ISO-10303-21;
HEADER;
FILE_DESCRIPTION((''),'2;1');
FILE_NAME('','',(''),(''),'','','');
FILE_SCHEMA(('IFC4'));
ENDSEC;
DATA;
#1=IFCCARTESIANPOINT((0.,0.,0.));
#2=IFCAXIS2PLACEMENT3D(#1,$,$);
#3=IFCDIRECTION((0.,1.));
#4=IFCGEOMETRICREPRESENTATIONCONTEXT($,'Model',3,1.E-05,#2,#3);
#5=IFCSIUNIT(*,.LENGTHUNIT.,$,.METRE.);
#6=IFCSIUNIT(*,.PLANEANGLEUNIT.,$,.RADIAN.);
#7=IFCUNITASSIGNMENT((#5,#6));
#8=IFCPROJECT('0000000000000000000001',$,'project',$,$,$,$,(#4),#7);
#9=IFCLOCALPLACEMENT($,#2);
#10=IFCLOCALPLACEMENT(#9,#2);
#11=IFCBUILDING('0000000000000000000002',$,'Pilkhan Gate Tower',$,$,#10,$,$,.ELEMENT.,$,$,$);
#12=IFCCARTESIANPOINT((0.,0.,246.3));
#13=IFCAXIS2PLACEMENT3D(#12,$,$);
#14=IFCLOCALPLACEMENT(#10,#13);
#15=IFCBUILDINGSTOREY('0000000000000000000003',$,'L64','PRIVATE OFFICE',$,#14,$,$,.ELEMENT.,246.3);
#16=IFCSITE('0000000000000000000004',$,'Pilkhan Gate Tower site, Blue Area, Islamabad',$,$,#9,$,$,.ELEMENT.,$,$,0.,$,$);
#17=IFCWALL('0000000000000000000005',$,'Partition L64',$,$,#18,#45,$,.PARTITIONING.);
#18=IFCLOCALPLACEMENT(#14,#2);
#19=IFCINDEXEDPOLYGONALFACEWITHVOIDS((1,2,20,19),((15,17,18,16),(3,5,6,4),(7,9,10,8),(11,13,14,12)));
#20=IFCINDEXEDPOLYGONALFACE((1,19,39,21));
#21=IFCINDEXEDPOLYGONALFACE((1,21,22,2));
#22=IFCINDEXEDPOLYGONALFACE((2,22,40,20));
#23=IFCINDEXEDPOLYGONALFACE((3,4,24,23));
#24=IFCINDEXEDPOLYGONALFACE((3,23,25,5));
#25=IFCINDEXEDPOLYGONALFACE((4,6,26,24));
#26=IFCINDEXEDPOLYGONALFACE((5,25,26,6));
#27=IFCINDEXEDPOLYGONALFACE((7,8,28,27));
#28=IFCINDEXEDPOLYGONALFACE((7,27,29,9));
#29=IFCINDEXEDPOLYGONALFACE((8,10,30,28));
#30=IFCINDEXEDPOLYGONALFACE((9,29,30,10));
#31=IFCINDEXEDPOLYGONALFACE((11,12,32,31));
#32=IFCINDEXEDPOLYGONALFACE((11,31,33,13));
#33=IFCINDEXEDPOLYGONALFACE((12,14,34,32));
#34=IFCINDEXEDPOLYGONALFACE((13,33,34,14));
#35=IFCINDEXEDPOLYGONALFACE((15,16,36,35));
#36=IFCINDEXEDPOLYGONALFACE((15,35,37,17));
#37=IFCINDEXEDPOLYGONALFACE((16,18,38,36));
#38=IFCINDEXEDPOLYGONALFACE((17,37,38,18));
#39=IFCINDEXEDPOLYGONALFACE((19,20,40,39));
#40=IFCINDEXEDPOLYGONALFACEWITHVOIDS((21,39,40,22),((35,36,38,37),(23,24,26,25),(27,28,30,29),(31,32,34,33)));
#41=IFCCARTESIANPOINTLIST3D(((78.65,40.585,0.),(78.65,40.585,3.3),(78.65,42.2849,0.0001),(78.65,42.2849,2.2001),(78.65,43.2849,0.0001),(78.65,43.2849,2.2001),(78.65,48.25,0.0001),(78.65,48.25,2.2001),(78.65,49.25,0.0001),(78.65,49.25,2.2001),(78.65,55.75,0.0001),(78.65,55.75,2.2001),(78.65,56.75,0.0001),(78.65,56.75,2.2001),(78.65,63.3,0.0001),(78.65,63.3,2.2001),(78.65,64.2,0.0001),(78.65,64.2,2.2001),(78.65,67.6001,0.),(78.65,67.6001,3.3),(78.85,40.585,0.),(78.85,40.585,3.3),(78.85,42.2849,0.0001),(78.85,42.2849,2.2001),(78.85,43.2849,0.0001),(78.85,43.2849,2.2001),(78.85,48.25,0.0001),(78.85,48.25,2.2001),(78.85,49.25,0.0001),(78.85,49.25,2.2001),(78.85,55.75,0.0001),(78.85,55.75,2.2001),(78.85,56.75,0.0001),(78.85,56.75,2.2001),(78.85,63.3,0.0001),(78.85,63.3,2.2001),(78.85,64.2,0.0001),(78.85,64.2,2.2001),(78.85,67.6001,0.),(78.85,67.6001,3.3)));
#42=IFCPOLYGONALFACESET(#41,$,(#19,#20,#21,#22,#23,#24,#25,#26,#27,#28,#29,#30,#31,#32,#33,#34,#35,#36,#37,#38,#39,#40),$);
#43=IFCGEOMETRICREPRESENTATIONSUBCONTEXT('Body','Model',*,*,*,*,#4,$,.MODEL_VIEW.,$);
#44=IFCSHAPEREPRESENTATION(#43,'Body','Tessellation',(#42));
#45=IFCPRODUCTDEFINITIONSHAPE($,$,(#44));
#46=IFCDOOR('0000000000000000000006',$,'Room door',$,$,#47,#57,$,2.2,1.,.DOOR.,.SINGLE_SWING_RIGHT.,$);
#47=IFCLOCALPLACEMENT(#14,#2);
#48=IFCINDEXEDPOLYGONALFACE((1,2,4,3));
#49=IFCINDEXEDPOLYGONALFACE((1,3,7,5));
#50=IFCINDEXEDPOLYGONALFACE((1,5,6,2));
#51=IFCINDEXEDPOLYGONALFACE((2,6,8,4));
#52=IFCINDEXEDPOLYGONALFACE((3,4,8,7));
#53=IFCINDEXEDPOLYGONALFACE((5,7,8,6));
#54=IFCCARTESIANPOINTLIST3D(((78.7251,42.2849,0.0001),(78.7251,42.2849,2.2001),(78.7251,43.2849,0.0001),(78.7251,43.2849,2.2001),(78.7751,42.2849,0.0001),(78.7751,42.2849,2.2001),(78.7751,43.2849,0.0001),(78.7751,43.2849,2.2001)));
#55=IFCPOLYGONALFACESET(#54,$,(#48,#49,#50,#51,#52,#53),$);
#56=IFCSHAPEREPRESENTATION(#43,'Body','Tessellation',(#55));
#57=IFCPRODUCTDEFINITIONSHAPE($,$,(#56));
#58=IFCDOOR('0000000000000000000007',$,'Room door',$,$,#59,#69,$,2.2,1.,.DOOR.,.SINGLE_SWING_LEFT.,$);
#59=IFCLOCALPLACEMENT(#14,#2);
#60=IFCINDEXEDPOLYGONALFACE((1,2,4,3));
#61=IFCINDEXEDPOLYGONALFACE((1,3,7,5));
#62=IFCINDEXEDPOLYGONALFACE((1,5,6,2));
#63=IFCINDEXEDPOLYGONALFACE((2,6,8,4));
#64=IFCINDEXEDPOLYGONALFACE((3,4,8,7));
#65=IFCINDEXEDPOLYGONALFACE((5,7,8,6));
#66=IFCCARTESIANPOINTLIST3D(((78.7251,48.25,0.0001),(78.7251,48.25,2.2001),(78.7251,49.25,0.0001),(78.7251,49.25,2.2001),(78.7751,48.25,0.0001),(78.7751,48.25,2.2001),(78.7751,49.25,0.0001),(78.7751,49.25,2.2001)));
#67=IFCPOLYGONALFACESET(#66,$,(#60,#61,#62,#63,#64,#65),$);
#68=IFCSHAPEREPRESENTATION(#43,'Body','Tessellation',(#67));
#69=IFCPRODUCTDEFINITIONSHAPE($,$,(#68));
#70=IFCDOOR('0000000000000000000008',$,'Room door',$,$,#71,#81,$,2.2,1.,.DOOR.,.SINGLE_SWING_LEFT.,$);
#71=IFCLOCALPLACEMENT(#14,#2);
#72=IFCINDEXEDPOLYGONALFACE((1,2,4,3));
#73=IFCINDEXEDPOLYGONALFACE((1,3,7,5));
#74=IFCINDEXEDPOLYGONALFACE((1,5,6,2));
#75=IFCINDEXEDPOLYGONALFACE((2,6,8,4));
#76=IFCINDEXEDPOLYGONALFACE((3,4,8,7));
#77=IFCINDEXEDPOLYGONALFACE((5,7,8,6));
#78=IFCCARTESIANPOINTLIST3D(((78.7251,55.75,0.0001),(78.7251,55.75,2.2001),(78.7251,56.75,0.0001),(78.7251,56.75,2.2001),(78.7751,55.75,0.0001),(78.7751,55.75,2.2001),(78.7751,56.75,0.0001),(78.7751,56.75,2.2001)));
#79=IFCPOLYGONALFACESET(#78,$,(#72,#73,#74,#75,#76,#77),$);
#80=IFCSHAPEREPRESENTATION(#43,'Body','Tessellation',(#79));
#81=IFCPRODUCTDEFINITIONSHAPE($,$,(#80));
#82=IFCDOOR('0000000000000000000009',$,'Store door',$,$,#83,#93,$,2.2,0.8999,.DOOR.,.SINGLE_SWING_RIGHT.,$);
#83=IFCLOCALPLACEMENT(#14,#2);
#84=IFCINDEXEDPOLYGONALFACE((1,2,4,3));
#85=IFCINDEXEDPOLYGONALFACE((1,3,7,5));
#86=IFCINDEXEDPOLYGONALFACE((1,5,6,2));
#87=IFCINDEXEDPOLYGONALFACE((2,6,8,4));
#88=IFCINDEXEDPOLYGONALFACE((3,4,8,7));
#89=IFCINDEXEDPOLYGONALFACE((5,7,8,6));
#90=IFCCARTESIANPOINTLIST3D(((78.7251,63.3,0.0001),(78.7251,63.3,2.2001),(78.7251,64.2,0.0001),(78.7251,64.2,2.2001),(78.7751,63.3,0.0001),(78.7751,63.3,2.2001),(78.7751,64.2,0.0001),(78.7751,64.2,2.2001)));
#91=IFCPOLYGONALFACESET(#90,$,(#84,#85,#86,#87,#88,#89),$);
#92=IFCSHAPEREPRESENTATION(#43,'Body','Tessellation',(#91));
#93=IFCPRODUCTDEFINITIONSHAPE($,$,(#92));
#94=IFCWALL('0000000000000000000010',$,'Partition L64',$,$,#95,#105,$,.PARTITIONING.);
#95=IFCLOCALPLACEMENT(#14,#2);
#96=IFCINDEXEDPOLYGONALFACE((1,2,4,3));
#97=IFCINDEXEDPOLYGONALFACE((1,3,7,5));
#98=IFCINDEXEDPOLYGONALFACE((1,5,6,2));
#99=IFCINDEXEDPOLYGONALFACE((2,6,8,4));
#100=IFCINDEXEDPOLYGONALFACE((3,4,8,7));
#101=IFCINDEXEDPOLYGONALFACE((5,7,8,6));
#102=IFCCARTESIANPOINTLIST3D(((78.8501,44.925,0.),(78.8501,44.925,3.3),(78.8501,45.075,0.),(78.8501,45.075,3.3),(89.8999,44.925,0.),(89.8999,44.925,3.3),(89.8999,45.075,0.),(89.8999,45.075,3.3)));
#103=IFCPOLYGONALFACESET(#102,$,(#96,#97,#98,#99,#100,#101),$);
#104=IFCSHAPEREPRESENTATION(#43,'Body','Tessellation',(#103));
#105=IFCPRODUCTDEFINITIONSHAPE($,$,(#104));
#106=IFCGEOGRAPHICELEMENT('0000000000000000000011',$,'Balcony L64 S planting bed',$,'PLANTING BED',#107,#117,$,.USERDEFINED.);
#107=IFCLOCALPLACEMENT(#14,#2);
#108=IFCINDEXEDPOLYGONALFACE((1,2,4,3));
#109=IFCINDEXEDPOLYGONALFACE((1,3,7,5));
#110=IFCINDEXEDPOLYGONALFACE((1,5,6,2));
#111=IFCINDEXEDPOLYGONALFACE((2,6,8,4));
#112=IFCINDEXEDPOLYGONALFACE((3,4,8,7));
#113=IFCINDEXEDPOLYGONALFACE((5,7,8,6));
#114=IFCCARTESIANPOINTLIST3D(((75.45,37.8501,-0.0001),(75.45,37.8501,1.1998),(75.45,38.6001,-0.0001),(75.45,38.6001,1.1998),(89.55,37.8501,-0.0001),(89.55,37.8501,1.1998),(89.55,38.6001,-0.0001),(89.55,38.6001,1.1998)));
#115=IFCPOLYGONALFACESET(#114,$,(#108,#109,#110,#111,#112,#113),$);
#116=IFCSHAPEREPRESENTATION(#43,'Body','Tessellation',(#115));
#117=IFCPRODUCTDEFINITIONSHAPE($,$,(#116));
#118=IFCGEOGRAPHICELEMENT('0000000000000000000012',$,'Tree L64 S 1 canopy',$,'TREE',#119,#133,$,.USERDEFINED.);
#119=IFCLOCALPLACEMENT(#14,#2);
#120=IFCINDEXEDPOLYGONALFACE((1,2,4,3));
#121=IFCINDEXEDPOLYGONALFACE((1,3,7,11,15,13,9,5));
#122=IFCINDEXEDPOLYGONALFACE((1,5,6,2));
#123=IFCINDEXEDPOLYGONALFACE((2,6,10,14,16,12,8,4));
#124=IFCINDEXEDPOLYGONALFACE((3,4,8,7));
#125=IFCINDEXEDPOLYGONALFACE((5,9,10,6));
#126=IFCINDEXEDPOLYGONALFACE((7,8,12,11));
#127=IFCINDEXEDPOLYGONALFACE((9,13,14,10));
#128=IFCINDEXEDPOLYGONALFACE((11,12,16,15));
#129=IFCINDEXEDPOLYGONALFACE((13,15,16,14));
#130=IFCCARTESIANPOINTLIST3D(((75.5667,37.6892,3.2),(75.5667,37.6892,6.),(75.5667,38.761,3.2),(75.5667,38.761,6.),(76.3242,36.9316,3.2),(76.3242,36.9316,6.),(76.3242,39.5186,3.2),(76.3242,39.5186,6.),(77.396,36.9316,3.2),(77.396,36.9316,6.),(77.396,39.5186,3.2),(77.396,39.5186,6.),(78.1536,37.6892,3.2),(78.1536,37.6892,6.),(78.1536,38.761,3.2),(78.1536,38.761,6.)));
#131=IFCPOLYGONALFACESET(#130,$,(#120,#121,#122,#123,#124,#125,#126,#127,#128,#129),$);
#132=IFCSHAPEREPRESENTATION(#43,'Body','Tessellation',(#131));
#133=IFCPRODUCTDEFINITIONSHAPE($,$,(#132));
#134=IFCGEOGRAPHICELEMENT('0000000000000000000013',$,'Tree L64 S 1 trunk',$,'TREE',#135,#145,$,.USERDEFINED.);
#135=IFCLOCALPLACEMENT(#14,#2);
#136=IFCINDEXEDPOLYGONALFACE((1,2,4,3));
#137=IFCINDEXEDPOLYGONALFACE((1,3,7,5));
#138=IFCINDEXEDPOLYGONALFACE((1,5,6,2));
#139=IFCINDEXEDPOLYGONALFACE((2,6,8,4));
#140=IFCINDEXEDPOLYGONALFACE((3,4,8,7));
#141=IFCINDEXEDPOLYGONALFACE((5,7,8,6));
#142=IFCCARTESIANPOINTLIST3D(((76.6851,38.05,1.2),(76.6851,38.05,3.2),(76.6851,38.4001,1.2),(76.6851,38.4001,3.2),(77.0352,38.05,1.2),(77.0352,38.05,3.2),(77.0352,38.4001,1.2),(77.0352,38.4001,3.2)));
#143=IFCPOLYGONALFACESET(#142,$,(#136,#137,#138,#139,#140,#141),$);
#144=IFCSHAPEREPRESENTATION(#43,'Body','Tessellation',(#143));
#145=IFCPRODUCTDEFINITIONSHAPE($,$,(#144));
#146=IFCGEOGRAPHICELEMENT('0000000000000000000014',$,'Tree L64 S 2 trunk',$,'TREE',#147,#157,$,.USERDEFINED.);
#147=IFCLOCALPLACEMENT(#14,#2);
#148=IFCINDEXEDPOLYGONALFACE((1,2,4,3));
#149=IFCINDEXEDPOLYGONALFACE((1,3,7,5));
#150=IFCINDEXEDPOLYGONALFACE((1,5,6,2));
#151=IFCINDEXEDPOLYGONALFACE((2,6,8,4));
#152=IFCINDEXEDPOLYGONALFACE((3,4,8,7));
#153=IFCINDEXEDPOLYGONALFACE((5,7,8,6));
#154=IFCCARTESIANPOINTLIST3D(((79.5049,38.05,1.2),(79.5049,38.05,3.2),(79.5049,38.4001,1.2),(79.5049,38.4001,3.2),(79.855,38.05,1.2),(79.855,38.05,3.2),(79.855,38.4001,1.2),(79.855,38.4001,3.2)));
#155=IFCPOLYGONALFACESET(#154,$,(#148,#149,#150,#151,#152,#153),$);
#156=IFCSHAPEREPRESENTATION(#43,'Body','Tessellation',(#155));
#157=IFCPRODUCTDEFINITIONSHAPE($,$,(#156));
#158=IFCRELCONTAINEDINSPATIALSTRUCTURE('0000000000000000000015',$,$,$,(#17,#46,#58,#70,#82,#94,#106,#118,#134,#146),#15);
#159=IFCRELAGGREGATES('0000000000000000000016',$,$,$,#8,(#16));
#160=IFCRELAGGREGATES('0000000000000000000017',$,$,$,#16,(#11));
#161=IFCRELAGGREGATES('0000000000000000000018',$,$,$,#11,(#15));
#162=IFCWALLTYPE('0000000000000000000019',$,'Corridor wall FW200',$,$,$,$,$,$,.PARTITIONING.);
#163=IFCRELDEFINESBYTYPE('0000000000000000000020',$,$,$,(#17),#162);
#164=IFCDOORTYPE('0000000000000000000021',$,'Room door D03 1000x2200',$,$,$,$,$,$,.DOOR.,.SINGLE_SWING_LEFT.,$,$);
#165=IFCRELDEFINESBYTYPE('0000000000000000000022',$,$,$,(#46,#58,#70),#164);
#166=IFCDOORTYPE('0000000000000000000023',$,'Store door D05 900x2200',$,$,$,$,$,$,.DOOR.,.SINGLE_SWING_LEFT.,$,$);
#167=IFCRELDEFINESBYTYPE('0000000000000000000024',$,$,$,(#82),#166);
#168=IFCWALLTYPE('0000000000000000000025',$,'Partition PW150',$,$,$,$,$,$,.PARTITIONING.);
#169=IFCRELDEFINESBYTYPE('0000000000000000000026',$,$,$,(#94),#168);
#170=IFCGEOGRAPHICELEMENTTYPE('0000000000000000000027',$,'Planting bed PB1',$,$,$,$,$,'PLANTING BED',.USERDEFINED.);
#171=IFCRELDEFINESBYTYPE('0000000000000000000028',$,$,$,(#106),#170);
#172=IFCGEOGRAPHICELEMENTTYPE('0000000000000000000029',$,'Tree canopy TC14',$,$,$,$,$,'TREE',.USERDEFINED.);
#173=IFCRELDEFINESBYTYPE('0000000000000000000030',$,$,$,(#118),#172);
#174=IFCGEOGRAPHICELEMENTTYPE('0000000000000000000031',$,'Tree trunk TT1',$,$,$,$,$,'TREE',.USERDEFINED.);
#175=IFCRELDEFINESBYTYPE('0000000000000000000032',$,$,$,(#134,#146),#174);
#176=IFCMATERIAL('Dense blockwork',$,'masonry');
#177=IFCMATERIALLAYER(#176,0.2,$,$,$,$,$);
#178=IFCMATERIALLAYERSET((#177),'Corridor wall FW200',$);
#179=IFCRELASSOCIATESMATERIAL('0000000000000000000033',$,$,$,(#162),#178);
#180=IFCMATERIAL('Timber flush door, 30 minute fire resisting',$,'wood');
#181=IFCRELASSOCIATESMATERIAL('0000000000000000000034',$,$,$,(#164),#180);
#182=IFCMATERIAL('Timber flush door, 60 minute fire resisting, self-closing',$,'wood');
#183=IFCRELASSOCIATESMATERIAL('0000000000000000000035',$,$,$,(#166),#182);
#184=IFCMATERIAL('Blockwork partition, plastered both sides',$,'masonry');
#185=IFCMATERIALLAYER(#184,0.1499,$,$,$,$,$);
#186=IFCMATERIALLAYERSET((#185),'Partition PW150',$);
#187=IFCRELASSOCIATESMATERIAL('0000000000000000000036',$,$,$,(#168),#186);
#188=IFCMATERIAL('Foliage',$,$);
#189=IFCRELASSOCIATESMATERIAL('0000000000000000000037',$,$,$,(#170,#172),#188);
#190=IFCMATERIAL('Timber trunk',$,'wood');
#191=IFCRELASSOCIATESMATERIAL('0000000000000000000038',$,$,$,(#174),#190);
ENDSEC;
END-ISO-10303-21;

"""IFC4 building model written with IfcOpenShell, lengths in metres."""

from ifc_helpers import new_model, si_unit, direction, frame, frame_2d, origin, origin_2d, place, context, subcontext, project, spatial, polyline, rectangle, outline, extrude, material, layer, layer_set, material_profile, profile_set, type_object, element, fill, save


model = new_model("IFC4")

# Units and contexts
model_context = context("Model", 3, precision=1e-05, world=origin(), true_north=direction((0.0, 1.0)))
body_context = subcontext(model_context, "Body", "Model", "MODEL_VIEW")
ifc_project = project(units=[si_unit("LENGTHUNIT", "METRE"), si_unit("PLANEANGLEUNIT", "RADIAN")], contexts=[model_context])

# Site, building, storey
site_placement = place(None, origin())
site = spatial("IfcSite", under=ifc_project, at=site_placement, Name="Pilkhan Gate Tower site, Blue Area, Islamabad", CompositionType="ELEMENT", RefElevation=0.0)
building_placement = place(site_placement, origin())
building = spatial("IfcBuilding", under=site, at=building_placement, Name="Pilkhan Gate Tower", CompositionType="ELEMENT")
storey_placement = place(building_placement, frame((0.0, 0.0, 246.3)))
storey = spatial("IfcBuildingStorey", under=building, at=storey_placement, Name="L64", Description="PRIVATE OFFICE", CompositionType="ELEMENT", Elevation=246.3)

# Wall, openings, doors
ifc_material_1 = material(Name="Dense blockwork", Category="masonry")
ifc_layer_1 = layer(ifc_material_1, 0.2)
ifc_layer_set_1 = layer_set([ifc_layer_1], Name="Corridor wall FW200")
wall_type_1 = type_object("IfcWallType", Name="Corridor wall FW200", PredefinedType="PARTITIONING", material=ifc_layer_set_1)
ifc_material_2 = material(Name="Timber flush door, 30 minute fire resisting", Category="wood")
door_type_1 = type_object("IfcDoorType", Name="Room door D03 1000x2200", OperationType="SINGLE_SWING_LEFT", PredefinedType="DOOR", material=ifc_material_2)
wall_1_placement = place(storey_placement, frame((78.75, 40.585, 0.0), z_axis=(0.0, 0.0, 1.0), x_axis=(0.0, 1.0, 0.0)))
wall_1 = element("IfcWall", 1, at=wall_1_placement, inside=storey, type_object=wall_type_1, Name="Partition L64", PredefinedType="PARTITIONING", context=body_context, shape_type="SweptSolid", body=[
    extrude(rectangle(XDim=27.0151, YDim=0.2, at=frame_2d((13.5076, 0.0))), origin(), (0.0, 0.0, 1.0), 3.3),
])
opening_1_placement = place(wall_1_placement, frame((1.7, 0.0, 0.0)))
opening_1 = element("IfcOpeningElement", 2, at=opening_1_placement, cuts=wall_1, PredefinedType="OPENING", context=body_context, shape_type="SweptSolid", body=[
    extrude(rectangle(XDim=1.0, YDim=2.2, at=frame_2d((0.5, 1.1001))), frame((0.0, 0.1099, 0.0), z_axis=(0.0, -1.0, 0.0), x_axis=(1.0, 0.0, 0.0)), (0.0, 0.0, 1.0), 0.22),
])
opening_2_placement = place(wall_1_placement, frame((7.665, 0.0, 0.0)))
opening_2 = element("IfcOpeningElement", 3, at=opening_2_placement, cuts=wall_1, PredefinedType="OPENING", context=body_context, shape_type="SweptSolid", body=[
    extrude(rectangle(XDim=1.0, YDim=2.2, at=frame_2d((0.5, 1.1001))), frame((0.0, 0.1099, 0.0), z_axis=(0.0, -1.0, 0.0), x_axis=(1.0, 0.0, 0.0)), (0.0, 0.0, 1.0), 0.22),
])
opening_3_placement = place(wall_1_placement, frame((15.165, 0.0, 0.0)))
opening_3 = element("IfcOpeningElement", 4, at=opening_3_placement, cuts=wall_1, PredefinedType="OPENING", context=body_context, shape_type="SweptSolid", body=[
    extrude(rectangle(XDim=1.0, YDim=2.2, at=frame_2d((0.5, 1.1001))), frame((0.0, 0.1099, 0.0), z_axis=(0.0, -1.0, 0.0), x_axis=(1.0, 0.0, 0.0)), (0.0, 0.0, 1.0), 0.22),
])
opening_4_placement = place(wall_1_placement, frame((22.7151, 0.0, 0.0)))
opening_4 = element("IfcOpeningElement", 5, at=opening_4_placement, cuts=wall_1, PredefinedType="OPENING", context=body_context, shape_type="SweptSolid", body=[
    extrude(rectangle(XDim=0.8999, YDim=2.2, at=frame_2d((0.45, 1.1001))), frame((0.0, 0.1099, 0.0), z_axis=(0.0, -1.0, 0.0), x_axis=(1.0, 0.0, 0.0)), (0.0, 0.0, 1.0), 0.22),
])
door_1_placement = place(opening_1_placement, origin())
door_1 = element("IfcDoor", 6, at=door_1_placement, inside=storey, type_object=door_type_1, Name="Room door", OperationType="SINGLE_SWING_RIGHT", OverallHeight=2.2, OverallWidth=1.0, PredefinedType="DOOR", context=body_context, shape_type="SweptSolid", body=[
    extrude(rectangle(XDim=1.0, YDim=2.2, at=frame_2d((0.5, 1.1001))), frame((0.0, 0.0249, 0.0), z_axis=(0.0, -1.0, 0.0), x_axis=(1.0, 0.0, 0.0)), (0.0, 0.0, 1.0), 0.05),
])
fill(opening_1, door_1)
door_2_placement = place(opening_2_placement, origin())
door_2 = element("IfcDoor", 7, at=door_2_placement, inside=storey, type_object=door_type_1, Name="Room door", OperationType="SINGLE_SWING_LEFT", OverallHeight=2.2, OverallWidth=1.0, PredefinedType="DOOR", context=body_context, shape_type="SweptSolid", body=[
    extrude(rectangle(XDim=1.0, YDim=2.2, at=frame_2d((0.5, 1.1001))), frame((0.0, 0.0249, 0.0), z_axis=(0.0, -1.0, 0.0), x_axis=(1.0, 0.0, 0.0)), (0.0, 0.0, 1.0), 0.05),
])
fill(opening_2, door_2)
door_3_placement = place(opening_3_placement, origin())
door_3 = element("IfcDoor", 8, at=door_3_placement, inside=storey, type_object=door_type_1, Name="Room door", OperationType="SINGLE_SWING_LEFT", OverallHeight=2.2, OverallWidth=1.0, PredefinedType="DOOR", context=body_context, shape_type="SweptSolid", body=[
    extrude(rectangle(XDim=1.0, YDim=2.2, at=frame_2d((0.5, 1.1001))), frame((0.0, 0.0249, 0.0), z_axis=(0.0, -1.0, 0.0), x_axis=(1.0, 0.0, 0.0)), (0.0, 0.0, 1.0), 0.05),
])
fill(opening_3, door_3)
ifc_material_3 = material(Name="Timber flush door, 60 minute fire resisting, self-closing", Category="wood")
door_type_2 = type_object("IfcDoorType", Name="Store door D05 900x2200", OperationType="SINGLE_SWING_LEFT", PredefinedType="DOOR", material=ifc_material_3)
door_4_placement = place(opening_4_placement, origin())
door_4 = element("IfcDoor", 9, at=door_4_placement, inside=storey, type_object=door_type_2, Name="Store door", OperationType="SINGLE_SWING_RIGHT", OverallHeight=2.2, OverallWidth=0.8999, PredefinedType="DOOR", context=body_context, shape_type="SweptSolid", body=[
    extrude(rectangle(XDim=0.8999, YDim=2.2, at=frame_2d((0.45, 1.1001))), frame((0.0, 0.0249, 0.0), z_axis=(0.0, -1.0, 0.0), x_axis=(1.0, 0.0, 0.0)), (0.0, 0.0, 1.0), 0.05),
])
fill(opening_4, door_4)

# Wall
ifc_material_4 = material(Name="Blockwork partition, plastered both sides", Category="masonry")
ifc_layer_2 = layer(ifc_material_4, 0.1499)
ifc_layer_set_2 = layer_set([ifc_layer_2], Name="Partition PW150")
wall_type_2 = type_object("IfcWallType", Name="Partition PW150", PredefinedType="PARTITIONING", material=ifc_layer_set_2)
wall_2_placement = place(storey_placement, frame((78.8501, 45.0, 0.0), z_axis=(0.0, 0.0, 1.0), x_axis=(1.0, 0.0, 0.0)))
element("IfcWall", 10, at=wall_2_placement, inside=storey, type_object=wall_type_2, Name="Partition L64", PredefinedType="PARTITIONING", context=body_context, shape_type="SweptSolid", body=[
    extrude(rectangle(XDim=11.0498, YDim=0.1499, at=frame_2d((5.5249, 0.0))), origin(), (0.0, 0.0, 1.0), 3.3),
])

# Geographic elements
ifc_material_5 = material(Name="Foliage")
ifc_material_profile_1 = material_profile(ifc_material_5, rectangle(XDim=0.75, YDim=1.2, at=origin_2d()), Name="Bed 750x1200")
ifc_profile_set_1 = profile_set([ifc_material_profile_1], Name="Foliage")
geographic_element_type_1 = type_object("IfcGeographicElementType", Name="Planting bed PB1", ElementType="PLANTING BED", PredefinedType="USERDEFINED", material=ifc_profile_set_1)
geographic_element_1_placement = place(storey_placement, frame((75.45, 38.2251, 0.5999), z_axis=(1.0, 0.0, 0.0), x_axis=(0.0, 1.0, 0.0)))
element("IfcGeographicElement", 11, at=geographic_element_1_placement, inside=storey, type_object=geographic_element_type_1, Name="Balcony L64 S planting bed", ObjectType="PLANTING BED", PredefinedType="USERDEFINED", context=body_context, shape_type="SweptSolid", body=[
    extrude(rectangle(XDim=0.75, YDim=1.2, at=origin_2d()), origin(), (0.0, 0.0, 1.0), 14.1001),
])
ifc_material_profile_2 = material_profile(ifc_material_5, outline(polyline([(1.2935, 0.5359), (0.5359, 1.2935), (-0.5359, 1.2935), (-1.2935, 0.5359), (-1.2935, -0.5359), (-0.5359, -1.2935), (0.5359, -1.2935), (1.2935, -0.5359), (1.2935, 0.5359)])), Name="Canopy D2.8")
ifc_profile_set_2 = profile_set([ifc_material_profile_2], Name="Foliage")
geographic_element_type_2 = type_object("IfcGeographicElementType", Name="Tree canopy TC14", ElementType="TREE", PredefinedType="USERDEFINED", material=ifc_profile_set_2)
geographic_element_2_placement = place(storey_placement, frame((76.8601, 38.2251, 3.2), z_axis=(0.0, 0.0, 1.0), x_axis=(1.0, 0.0, 0.0)))
element("IfcGeographicElement", 12, at=geographic_element_2_placement, inside=storey, type_object=geographic_element_type_2, Name="Tree L64 S 1 canopy", ObjectType="TREE", PredefinedType="USERDEFINED", context=body_context, shape_type="SweptSolid", body=[
    extrude(outline(polyline([(1.2935, 0.5359), (0.5359, 1.2935), (-0.5359, 1.2935), (-1.2935, 0.5359), (-1.2935, -0.5359), (-0.5359, -1.2935), (0.5359, -1.2935), (1.2935, -0.5359), (1.2935, 0.5359)])), origin(), (0.0, 0.0, 1.0), 2.8),
])
ifc_material_6 = material(Name="Timber trunk", Category="wood")
geographic_element_type_3 = type_object("IfcGeographicElementType", Name="Tree trunk TT1", ElementType="TREE", PredefinedType="USERDEFINED", material=ifc_material_6)
for number, where, z_axis, x_axis, name in (
    (13, (76.8601, 38.2251, 1.2), (0.0, 0.0, 1.0), (1.0, 0.0, 0.0), "Tree L64 S 1 trunk"),
    (14, (79.6799, 38.2251, 1.2), (0.0, 0.0, 1.0), (1.0, 0.0, 0.0), "Tree L64 S 2 trunk"),
):
    element("IfcGeographicElement", number, at=place(storey_placement, frame(where, z_axis=z_axis, x_axis=x_axis)), inside=storey, type_object=geographic_element_type_3, Name=name, ObjectType="TREE", PredefinedType="USERDEFINED", context=body_context, shape_type="SweptSolid", body=[
        extrude(rectangle(XDim=0.3501, YDim=0.3501, at=origin_2d()), origin(), (0.0, 0.0, 1.0), 2.0),
    ])

save(model, "model.ifc")
